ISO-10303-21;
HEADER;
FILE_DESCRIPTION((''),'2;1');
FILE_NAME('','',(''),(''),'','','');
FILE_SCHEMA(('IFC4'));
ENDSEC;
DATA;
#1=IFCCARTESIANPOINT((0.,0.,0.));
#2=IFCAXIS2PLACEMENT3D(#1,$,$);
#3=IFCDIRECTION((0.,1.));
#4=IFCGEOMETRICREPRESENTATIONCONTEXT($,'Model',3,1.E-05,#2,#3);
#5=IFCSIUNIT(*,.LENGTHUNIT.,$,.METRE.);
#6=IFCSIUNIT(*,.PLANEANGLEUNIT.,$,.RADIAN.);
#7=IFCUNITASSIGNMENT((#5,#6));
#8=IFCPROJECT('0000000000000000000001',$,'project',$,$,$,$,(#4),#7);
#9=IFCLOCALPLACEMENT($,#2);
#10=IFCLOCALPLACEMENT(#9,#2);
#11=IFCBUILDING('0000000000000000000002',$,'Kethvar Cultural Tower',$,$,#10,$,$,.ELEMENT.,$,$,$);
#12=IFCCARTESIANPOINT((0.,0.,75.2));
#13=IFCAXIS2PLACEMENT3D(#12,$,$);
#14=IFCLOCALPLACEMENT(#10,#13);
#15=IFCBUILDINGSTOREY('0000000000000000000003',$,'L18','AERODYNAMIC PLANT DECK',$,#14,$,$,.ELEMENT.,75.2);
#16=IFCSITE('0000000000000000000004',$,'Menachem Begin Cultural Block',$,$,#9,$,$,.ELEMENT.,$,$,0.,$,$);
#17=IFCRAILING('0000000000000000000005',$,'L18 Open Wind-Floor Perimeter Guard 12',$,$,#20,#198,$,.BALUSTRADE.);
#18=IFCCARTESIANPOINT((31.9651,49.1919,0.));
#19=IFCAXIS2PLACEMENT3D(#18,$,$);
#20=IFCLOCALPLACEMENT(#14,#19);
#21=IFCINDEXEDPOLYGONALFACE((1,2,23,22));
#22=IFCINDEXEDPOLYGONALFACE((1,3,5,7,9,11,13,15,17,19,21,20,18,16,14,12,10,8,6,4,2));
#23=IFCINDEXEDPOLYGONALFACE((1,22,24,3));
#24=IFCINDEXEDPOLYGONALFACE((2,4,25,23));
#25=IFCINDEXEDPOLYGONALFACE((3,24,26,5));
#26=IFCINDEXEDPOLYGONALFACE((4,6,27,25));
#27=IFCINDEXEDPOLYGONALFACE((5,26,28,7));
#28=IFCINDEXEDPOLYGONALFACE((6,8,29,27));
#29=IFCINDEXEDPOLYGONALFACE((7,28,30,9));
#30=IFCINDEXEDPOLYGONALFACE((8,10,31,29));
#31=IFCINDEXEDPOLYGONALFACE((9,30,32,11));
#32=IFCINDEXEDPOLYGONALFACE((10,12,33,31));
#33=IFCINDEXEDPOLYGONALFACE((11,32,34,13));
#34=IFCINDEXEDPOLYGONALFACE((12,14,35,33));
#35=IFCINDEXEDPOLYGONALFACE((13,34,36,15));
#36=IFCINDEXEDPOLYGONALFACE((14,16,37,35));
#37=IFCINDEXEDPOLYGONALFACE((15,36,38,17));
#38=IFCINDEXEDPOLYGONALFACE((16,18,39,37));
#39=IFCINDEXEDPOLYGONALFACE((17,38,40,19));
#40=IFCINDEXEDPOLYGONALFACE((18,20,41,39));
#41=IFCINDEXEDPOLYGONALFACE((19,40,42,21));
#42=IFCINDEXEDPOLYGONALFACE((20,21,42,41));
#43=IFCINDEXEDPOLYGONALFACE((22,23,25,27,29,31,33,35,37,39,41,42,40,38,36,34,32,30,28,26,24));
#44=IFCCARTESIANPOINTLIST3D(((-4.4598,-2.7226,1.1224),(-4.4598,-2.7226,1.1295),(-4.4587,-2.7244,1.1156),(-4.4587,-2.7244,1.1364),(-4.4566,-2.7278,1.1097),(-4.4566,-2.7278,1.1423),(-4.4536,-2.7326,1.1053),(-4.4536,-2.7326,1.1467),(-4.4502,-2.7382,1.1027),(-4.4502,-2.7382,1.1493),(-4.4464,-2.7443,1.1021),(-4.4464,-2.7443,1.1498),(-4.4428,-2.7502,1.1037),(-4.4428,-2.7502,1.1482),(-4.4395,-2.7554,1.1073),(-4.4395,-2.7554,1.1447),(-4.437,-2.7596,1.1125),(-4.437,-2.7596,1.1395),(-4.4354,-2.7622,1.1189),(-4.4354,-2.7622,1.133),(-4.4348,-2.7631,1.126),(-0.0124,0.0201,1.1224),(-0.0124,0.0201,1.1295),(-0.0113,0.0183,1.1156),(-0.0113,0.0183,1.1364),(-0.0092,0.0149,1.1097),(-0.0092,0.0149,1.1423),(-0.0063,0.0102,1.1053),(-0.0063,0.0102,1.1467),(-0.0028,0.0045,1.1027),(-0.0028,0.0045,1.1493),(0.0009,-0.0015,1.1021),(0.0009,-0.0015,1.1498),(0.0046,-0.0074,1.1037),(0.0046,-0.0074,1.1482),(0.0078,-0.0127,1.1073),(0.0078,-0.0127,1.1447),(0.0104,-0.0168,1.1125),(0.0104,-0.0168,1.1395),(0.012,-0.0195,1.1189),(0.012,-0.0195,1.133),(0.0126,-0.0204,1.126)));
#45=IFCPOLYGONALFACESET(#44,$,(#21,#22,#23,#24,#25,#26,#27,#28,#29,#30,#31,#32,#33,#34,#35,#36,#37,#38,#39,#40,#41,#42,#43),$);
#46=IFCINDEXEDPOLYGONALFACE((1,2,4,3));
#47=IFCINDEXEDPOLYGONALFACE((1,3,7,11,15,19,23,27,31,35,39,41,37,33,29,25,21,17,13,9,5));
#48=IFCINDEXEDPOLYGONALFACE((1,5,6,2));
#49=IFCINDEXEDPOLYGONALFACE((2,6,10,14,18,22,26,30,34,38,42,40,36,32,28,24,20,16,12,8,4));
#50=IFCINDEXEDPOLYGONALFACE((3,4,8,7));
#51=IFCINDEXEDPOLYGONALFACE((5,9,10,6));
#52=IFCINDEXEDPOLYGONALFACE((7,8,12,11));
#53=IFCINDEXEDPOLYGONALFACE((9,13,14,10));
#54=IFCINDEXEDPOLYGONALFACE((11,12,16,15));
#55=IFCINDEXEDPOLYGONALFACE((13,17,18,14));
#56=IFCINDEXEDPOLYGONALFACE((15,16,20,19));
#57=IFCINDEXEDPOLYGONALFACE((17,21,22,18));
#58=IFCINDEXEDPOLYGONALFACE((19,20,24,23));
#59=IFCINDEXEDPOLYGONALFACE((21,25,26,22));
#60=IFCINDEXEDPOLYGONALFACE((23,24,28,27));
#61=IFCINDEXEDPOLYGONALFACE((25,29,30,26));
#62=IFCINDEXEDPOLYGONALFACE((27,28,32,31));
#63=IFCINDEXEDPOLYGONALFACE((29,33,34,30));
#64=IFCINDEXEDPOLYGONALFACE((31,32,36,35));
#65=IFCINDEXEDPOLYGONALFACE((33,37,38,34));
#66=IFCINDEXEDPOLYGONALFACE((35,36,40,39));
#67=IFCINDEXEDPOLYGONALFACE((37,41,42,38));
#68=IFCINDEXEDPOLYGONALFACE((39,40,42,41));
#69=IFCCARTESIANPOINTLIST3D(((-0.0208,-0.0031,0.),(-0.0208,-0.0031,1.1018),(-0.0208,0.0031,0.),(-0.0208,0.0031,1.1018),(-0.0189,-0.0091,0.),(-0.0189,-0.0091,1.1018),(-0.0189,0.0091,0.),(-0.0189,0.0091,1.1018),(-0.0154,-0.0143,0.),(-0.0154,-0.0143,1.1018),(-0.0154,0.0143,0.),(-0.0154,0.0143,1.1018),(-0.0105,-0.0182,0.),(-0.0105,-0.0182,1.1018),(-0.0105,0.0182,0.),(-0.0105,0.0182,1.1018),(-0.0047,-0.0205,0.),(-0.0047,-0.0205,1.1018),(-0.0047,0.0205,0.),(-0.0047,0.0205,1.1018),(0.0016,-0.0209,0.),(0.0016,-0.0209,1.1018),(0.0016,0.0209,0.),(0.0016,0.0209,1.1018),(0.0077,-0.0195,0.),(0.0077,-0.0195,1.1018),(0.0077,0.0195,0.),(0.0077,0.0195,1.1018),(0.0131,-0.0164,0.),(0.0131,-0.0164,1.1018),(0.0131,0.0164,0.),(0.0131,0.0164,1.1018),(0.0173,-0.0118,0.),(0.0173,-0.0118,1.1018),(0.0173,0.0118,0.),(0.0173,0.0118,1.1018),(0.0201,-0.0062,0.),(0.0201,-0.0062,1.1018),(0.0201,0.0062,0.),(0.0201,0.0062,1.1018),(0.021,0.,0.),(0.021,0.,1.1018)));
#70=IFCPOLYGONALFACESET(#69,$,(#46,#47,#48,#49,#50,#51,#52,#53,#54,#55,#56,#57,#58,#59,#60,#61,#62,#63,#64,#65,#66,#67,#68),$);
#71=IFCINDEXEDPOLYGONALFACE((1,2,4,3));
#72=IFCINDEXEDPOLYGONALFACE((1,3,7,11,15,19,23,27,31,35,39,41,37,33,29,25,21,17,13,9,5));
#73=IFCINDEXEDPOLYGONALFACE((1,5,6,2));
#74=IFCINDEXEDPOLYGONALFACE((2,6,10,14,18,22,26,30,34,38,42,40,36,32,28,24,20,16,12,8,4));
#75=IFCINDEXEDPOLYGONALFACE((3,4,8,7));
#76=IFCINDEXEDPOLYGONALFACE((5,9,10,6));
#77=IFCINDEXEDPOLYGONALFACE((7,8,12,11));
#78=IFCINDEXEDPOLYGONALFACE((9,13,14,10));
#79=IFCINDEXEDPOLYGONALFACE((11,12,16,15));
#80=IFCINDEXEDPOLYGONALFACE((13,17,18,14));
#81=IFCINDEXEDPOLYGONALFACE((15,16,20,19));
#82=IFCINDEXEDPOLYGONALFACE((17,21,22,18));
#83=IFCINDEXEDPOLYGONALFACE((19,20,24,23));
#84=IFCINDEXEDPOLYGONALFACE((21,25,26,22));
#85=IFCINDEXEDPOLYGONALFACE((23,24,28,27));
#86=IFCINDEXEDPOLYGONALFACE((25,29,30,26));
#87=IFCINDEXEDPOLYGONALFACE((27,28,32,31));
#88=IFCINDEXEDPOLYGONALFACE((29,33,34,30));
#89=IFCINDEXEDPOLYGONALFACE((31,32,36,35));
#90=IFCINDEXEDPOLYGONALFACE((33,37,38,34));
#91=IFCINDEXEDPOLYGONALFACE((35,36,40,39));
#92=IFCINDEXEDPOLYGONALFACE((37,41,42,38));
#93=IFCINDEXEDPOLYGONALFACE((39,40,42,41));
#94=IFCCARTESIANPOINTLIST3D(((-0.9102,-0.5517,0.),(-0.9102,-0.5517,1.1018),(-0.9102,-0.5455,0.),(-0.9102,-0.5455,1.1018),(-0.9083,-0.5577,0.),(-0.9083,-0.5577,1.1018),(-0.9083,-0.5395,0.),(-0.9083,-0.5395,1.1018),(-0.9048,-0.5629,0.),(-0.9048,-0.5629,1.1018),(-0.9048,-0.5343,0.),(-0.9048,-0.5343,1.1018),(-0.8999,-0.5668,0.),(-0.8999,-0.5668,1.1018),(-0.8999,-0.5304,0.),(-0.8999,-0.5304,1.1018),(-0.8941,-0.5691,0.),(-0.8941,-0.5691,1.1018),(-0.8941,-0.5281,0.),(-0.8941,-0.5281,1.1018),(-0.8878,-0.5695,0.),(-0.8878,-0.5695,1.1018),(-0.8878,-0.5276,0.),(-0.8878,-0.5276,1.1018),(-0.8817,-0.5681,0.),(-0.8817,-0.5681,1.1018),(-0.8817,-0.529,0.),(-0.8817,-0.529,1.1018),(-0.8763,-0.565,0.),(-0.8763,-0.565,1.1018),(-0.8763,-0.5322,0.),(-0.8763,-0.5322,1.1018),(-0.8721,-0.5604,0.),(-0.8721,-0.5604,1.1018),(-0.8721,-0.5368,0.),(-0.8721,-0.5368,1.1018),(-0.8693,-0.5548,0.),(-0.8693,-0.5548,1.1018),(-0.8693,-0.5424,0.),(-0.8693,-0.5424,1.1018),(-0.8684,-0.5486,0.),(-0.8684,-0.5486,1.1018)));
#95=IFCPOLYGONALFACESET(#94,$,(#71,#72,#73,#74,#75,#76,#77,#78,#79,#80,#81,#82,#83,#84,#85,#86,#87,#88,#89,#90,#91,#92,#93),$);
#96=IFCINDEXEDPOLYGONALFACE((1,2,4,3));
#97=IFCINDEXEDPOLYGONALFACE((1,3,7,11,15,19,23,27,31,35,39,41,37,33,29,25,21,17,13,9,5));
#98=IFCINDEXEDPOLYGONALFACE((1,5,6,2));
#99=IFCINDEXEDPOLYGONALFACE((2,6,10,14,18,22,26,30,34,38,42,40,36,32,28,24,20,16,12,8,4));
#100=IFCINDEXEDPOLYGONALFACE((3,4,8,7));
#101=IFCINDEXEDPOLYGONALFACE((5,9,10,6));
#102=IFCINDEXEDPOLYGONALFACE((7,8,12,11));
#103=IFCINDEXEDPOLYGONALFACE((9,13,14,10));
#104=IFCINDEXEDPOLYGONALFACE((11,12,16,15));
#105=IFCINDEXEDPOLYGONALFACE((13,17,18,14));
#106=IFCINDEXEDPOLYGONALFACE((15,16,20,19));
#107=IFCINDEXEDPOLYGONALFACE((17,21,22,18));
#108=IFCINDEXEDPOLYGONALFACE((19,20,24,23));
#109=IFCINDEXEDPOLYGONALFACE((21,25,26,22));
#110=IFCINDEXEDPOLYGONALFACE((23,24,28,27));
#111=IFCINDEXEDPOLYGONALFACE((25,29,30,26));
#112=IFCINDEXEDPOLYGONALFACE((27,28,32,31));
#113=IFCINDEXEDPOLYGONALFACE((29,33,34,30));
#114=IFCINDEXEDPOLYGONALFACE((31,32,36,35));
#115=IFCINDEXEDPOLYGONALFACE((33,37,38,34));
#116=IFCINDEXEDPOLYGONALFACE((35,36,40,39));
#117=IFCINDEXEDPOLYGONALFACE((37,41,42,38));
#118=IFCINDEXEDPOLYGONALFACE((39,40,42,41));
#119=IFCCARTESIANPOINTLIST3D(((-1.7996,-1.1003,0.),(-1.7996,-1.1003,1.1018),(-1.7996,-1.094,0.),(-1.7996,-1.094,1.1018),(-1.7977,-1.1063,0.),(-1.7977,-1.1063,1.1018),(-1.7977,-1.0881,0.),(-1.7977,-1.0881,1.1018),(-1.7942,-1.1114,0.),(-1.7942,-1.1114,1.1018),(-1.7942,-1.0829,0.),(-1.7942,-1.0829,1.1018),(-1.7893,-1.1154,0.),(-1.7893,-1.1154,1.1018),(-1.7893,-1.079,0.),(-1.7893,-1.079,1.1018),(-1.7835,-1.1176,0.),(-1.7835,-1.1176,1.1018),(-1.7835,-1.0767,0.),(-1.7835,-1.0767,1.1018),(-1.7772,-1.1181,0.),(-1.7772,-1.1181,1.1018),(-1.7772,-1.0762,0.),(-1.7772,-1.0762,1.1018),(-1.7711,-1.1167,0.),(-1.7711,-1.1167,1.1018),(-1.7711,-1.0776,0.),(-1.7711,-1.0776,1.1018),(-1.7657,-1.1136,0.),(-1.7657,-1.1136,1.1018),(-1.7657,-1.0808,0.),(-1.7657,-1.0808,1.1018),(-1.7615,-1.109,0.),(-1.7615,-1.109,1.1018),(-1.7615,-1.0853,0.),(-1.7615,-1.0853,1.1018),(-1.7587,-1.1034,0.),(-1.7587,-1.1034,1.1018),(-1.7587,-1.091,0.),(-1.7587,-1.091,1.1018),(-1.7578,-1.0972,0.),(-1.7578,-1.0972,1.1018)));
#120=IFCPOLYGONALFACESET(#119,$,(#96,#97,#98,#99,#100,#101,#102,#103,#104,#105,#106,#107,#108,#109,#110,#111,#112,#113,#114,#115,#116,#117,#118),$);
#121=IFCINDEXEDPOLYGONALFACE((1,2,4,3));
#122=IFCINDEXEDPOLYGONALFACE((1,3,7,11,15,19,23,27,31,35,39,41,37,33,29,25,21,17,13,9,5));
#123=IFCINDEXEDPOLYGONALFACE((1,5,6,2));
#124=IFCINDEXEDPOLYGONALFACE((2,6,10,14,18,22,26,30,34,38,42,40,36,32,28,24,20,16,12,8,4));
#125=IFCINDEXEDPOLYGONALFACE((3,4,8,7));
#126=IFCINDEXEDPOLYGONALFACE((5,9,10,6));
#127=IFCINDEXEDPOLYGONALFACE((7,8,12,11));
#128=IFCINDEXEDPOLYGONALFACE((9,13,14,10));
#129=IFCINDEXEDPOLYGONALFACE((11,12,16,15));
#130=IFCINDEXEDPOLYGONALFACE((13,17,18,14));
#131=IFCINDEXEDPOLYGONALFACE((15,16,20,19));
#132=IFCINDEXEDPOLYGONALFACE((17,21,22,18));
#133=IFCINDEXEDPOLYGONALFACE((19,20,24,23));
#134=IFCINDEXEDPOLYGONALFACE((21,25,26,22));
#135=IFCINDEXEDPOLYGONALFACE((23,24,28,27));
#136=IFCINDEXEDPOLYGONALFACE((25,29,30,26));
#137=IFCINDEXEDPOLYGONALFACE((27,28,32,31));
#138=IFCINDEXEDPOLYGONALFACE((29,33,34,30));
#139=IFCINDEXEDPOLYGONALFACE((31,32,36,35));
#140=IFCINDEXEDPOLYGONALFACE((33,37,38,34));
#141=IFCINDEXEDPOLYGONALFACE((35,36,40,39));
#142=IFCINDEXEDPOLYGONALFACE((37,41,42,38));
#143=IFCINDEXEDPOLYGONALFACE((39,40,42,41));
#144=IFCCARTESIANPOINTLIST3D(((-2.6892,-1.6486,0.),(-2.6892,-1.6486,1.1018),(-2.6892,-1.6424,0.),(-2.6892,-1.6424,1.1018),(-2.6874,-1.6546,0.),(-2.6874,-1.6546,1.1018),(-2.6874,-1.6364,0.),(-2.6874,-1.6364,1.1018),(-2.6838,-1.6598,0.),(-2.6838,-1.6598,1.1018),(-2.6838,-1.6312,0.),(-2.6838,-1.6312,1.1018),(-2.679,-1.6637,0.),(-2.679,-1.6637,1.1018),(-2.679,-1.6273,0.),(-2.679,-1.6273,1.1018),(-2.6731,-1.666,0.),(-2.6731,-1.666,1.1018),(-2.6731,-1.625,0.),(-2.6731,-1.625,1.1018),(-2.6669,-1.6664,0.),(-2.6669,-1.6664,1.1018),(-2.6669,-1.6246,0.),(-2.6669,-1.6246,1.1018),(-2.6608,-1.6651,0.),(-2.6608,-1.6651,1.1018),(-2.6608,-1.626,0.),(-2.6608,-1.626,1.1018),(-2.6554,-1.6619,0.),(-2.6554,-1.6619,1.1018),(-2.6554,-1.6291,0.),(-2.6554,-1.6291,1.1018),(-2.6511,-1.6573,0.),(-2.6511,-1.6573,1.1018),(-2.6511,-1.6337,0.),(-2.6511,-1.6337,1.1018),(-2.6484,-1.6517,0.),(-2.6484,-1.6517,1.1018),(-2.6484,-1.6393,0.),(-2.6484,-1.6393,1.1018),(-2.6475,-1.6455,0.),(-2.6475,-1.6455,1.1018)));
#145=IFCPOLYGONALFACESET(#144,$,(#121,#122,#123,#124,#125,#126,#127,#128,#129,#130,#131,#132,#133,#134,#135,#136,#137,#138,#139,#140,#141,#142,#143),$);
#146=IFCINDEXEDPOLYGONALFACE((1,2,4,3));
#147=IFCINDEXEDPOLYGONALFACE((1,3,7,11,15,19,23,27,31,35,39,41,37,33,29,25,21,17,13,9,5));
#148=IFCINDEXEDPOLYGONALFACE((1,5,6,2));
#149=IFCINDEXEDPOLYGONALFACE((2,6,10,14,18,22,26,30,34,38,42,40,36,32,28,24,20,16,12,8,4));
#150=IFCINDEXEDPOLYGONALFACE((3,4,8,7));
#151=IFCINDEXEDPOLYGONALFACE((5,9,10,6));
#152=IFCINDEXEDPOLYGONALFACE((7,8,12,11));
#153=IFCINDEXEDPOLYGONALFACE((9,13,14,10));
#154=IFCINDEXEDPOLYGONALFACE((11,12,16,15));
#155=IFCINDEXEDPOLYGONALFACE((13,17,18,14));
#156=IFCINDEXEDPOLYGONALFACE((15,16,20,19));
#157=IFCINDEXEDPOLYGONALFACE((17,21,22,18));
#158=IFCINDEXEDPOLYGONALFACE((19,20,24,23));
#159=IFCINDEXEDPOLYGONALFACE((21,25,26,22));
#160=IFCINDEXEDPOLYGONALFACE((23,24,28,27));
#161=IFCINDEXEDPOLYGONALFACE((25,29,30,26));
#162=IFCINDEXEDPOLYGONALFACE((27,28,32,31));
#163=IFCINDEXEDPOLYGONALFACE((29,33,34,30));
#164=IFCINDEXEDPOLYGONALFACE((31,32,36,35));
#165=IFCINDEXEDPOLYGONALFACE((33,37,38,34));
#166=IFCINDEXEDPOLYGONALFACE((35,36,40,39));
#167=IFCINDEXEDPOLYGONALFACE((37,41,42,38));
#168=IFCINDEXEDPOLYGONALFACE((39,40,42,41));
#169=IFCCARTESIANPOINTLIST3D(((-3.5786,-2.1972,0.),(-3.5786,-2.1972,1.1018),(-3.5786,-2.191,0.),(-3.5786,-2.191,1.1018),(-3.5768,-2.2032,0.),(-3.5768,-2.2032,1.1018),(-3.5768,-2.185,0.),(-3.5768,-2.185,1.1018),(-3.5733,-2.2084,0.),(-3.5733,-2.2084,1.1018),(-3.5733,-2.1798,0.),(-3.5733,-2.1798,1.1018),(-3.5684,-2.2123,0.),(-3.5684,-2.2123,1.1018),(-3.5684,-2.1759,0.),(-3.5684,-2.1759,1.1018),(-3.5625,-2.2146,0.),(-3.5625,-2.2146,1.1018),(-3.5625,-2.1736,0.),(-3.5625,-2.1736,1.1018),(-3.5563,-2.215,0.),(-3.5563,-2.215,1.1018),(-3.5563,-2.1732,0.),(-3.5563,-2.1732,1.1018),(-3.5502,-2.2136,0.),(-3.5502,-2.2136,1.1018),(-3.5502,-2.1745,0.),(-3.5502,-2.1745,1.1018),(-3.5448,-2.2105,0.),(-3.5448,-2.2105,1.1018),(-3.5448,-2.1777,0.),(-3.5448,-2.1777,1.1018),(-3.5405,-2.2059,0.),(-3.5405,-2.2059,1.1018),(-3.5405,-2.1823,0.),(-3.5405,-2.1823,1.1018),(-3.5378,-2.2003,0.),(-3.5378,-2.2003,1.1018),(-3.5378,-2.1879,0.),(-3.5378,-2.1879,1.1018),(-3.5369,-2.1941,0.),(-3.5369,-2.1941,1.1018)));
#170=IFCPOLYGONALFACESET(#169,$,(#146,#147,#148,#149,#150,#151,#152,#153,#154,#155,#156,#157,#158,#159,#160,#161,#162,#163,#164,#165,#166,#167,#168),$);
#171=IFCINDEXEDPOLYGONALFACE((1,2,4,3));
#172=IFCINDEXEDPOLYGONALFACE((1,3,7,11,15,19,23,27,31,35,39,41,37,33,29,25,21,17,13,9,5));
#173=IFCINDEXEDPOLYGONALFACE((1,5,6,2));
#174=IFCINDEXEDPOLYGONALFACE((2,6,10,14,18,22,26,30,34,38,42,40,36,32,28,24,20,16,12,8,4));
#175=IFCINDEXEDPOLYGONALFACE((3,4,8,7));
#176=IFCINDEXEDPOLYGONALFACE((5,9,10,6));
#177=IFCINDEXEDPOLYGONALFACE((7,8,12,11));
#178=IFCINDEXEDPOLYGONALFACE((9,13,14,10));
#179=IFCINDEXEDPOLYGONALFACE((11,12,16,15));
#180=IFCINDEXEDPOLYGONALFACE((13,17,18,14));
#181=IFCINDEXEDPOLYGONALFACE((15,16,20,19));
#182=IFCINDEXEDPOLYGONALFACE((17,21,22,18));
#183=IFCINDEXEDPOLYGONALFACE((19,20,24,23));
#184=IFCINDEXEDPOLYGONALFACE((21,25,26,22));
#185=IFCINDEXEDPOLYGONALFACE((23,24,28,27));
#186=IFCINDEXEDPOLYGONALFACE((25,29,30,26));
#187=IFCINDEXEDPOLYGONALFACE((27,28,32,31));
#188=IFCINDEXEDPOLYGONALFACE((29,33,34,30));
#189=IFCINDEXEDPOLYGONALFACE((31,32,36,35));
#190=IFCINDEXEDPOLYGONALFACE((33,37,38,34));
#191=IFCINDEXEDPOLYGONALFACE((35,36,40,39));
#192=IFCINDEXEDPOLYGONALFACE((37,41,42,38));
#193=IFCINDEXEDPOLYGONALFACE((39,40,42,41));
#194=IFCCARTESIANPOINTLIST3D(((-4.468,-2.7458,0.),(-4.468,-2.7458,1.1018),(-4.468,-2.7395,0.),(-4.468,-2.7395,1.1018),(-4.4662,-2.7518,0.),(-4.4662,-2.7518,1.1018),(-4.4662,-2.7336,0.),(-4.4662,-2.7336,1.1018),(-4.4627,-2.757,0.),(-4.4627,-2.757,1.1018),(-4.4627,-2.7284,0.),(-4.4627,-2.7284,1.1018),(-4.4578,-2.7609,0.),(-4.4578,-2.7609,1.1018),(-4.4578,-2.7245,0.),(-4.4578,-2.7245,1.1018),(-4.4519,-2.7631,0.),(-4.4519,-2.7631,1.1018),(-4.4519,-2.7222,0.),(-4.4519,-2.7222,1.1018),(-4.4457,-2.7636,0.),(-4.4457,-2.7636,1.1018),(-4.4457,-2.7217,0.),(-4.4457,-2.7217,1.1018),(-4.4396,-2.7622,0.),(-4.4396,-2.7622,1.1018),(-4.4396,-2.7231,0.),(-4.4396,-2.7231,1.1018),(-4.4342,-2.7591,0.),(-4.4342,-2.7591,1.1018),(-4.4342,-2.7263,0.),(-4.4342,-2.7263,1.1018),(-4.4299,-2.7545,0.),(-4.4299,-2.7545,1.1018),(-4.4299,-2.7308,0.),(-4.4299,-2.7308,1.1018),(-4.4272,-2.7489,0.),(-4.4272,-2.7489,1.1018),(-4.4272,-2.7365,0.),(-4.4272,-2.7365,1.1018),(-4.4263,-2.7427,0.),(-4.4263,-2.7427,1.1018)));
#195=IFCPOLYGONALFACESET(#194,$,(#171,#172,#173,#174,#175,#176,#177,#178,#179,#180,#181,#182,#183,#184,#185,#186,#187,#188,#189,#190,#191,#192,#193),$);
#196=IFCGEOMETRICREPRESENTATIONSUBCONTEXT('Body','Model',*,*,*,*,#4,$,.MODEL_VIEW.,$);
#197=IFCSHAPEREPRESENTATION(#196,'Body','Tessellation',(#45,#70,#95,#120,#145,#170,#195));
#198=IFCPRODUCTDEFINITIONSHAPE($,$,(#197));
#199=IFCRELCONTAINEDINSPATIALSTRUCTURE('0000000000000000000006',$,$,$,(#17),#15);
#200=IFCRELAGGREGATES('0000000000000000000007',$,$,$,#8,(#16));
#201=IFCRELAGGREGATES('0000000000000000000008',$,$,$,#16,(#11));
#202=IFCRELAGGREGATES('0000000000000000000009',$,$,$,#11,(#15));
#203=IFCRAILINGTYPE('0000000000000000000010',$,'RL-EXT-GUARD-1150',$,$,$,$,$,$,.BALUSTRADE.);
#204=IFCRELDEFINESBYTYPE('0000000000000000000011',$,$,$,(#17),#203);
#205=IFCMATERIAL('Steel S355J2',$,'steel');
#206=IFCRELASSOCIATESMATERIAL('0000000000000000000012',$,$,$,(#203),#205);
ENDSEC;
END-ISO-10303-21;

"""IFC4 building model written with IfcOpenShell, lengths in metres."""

from ifc_helpers import new_model, si_unit, direction, frame, origin, origin_2d, place, context, subcontext, project, spatial, circle, extrude, material, type_object, element, save


model = new_model("IFC4")

# Units and contexts
model_context = context("Model", 3, precision=1e-05, world=origin(), true_north=direction((0.0, 1.0)))
body_context = subcontext(model_context, "Body", "Model", "MODEL_VIEW")
ifc_project = project(units=[si_unit("LENGTHUNIT", "METRE"), si_unit("PLANEANGLEUNIT", "RADIAN")], contexts=[model_context])

# Site, building, storey
site_placement = place(None, origin())
site = spatial("IfcSite", under=ifc_project, at=site_placement, Name="Menachem Begin Cultural Block", CompositionType="ELEMENT", RefElevation=0.0)
building_placement = place(site_placement, origin())
building = spatial("IfcBuilding", under=site, at=building_placement, Name="Kethvar Cultural Tower", CompositionType="ELEMENT")
storey_placement = place(building_placement, frame((0.0, 0.0, 75.2)))
storey = spatial("IfcBuildingStorey", under=building, at=storey_placement, Name="L18", Description="AERODYNAMIC PLANT DECK", CompositionType="ELEMENT", Elevation=75.2)

# Shared definitions
ifc_material_1 = material(Name="Steel S355J2", Category="steel")

# Railing
railing_type = type_object("IfcRailingType", Name="RL-EXT-GUARD-1150", PredefinedType="BALUSTRADE", material=ifc_material_1)
railing_1_placement = place(storey_placement, frame((31.9651, 49.1919, 0.0)))
element("IfcRailing", 1, at=railing_1_placement, inside=storey, type_object=railing_type, Name="L18 Open Wind-Floor Perimeter Guard 12", PredefinedType="BALUSTRADE", context=body_context, shape_type="SweptSolid", body=[
    extrude(circle(Radius=0.0239, at=origin_2d()), frame((0.0, 0.0, 1.126), z_axis=(-0.851154, -0.524916, 0.0), x_axis=(0.524916, -0.851154, 0.0)), (0.0, 0.0, 1.0), 5.2251),
    extrude(circle(Radius=0.021, at=origin_2d()), origin(), (0.0, 0.0, 1.0), 1.1018),
    extrude(circle(Radius=0.021, at=origin_2d()), frame((-0.8894, -0.5486, 0.0)), (0.0, 0.0, 1.0), 1.1018),
    extrude(circle(Radius=0.021, at=origin_2d()), frame((-1.7788, -1.0972, 0.0)), (0.0, 0.0, 1.0), 1.1018),
    extrude(circle(Radius=0.021, at=origin_2d()), frame((-2.6685, -1.6455, 0.0)), (0.0, 0.0, 1.0), 1.1018),
    extrude(circle(Radius=0.021, at=origin_2d()), frame((-3.5579, -2.1941, 0.0)), (0.0, 0.0, 1.0), 1.1018),
    extrude(circle(Radius=0.021, at=origin_2d()), frame((-4.4473, -2.7427, 0.0)), (0.0, 0.0, 1.0), 1.1018),
])

save(model, "model.ifc")
